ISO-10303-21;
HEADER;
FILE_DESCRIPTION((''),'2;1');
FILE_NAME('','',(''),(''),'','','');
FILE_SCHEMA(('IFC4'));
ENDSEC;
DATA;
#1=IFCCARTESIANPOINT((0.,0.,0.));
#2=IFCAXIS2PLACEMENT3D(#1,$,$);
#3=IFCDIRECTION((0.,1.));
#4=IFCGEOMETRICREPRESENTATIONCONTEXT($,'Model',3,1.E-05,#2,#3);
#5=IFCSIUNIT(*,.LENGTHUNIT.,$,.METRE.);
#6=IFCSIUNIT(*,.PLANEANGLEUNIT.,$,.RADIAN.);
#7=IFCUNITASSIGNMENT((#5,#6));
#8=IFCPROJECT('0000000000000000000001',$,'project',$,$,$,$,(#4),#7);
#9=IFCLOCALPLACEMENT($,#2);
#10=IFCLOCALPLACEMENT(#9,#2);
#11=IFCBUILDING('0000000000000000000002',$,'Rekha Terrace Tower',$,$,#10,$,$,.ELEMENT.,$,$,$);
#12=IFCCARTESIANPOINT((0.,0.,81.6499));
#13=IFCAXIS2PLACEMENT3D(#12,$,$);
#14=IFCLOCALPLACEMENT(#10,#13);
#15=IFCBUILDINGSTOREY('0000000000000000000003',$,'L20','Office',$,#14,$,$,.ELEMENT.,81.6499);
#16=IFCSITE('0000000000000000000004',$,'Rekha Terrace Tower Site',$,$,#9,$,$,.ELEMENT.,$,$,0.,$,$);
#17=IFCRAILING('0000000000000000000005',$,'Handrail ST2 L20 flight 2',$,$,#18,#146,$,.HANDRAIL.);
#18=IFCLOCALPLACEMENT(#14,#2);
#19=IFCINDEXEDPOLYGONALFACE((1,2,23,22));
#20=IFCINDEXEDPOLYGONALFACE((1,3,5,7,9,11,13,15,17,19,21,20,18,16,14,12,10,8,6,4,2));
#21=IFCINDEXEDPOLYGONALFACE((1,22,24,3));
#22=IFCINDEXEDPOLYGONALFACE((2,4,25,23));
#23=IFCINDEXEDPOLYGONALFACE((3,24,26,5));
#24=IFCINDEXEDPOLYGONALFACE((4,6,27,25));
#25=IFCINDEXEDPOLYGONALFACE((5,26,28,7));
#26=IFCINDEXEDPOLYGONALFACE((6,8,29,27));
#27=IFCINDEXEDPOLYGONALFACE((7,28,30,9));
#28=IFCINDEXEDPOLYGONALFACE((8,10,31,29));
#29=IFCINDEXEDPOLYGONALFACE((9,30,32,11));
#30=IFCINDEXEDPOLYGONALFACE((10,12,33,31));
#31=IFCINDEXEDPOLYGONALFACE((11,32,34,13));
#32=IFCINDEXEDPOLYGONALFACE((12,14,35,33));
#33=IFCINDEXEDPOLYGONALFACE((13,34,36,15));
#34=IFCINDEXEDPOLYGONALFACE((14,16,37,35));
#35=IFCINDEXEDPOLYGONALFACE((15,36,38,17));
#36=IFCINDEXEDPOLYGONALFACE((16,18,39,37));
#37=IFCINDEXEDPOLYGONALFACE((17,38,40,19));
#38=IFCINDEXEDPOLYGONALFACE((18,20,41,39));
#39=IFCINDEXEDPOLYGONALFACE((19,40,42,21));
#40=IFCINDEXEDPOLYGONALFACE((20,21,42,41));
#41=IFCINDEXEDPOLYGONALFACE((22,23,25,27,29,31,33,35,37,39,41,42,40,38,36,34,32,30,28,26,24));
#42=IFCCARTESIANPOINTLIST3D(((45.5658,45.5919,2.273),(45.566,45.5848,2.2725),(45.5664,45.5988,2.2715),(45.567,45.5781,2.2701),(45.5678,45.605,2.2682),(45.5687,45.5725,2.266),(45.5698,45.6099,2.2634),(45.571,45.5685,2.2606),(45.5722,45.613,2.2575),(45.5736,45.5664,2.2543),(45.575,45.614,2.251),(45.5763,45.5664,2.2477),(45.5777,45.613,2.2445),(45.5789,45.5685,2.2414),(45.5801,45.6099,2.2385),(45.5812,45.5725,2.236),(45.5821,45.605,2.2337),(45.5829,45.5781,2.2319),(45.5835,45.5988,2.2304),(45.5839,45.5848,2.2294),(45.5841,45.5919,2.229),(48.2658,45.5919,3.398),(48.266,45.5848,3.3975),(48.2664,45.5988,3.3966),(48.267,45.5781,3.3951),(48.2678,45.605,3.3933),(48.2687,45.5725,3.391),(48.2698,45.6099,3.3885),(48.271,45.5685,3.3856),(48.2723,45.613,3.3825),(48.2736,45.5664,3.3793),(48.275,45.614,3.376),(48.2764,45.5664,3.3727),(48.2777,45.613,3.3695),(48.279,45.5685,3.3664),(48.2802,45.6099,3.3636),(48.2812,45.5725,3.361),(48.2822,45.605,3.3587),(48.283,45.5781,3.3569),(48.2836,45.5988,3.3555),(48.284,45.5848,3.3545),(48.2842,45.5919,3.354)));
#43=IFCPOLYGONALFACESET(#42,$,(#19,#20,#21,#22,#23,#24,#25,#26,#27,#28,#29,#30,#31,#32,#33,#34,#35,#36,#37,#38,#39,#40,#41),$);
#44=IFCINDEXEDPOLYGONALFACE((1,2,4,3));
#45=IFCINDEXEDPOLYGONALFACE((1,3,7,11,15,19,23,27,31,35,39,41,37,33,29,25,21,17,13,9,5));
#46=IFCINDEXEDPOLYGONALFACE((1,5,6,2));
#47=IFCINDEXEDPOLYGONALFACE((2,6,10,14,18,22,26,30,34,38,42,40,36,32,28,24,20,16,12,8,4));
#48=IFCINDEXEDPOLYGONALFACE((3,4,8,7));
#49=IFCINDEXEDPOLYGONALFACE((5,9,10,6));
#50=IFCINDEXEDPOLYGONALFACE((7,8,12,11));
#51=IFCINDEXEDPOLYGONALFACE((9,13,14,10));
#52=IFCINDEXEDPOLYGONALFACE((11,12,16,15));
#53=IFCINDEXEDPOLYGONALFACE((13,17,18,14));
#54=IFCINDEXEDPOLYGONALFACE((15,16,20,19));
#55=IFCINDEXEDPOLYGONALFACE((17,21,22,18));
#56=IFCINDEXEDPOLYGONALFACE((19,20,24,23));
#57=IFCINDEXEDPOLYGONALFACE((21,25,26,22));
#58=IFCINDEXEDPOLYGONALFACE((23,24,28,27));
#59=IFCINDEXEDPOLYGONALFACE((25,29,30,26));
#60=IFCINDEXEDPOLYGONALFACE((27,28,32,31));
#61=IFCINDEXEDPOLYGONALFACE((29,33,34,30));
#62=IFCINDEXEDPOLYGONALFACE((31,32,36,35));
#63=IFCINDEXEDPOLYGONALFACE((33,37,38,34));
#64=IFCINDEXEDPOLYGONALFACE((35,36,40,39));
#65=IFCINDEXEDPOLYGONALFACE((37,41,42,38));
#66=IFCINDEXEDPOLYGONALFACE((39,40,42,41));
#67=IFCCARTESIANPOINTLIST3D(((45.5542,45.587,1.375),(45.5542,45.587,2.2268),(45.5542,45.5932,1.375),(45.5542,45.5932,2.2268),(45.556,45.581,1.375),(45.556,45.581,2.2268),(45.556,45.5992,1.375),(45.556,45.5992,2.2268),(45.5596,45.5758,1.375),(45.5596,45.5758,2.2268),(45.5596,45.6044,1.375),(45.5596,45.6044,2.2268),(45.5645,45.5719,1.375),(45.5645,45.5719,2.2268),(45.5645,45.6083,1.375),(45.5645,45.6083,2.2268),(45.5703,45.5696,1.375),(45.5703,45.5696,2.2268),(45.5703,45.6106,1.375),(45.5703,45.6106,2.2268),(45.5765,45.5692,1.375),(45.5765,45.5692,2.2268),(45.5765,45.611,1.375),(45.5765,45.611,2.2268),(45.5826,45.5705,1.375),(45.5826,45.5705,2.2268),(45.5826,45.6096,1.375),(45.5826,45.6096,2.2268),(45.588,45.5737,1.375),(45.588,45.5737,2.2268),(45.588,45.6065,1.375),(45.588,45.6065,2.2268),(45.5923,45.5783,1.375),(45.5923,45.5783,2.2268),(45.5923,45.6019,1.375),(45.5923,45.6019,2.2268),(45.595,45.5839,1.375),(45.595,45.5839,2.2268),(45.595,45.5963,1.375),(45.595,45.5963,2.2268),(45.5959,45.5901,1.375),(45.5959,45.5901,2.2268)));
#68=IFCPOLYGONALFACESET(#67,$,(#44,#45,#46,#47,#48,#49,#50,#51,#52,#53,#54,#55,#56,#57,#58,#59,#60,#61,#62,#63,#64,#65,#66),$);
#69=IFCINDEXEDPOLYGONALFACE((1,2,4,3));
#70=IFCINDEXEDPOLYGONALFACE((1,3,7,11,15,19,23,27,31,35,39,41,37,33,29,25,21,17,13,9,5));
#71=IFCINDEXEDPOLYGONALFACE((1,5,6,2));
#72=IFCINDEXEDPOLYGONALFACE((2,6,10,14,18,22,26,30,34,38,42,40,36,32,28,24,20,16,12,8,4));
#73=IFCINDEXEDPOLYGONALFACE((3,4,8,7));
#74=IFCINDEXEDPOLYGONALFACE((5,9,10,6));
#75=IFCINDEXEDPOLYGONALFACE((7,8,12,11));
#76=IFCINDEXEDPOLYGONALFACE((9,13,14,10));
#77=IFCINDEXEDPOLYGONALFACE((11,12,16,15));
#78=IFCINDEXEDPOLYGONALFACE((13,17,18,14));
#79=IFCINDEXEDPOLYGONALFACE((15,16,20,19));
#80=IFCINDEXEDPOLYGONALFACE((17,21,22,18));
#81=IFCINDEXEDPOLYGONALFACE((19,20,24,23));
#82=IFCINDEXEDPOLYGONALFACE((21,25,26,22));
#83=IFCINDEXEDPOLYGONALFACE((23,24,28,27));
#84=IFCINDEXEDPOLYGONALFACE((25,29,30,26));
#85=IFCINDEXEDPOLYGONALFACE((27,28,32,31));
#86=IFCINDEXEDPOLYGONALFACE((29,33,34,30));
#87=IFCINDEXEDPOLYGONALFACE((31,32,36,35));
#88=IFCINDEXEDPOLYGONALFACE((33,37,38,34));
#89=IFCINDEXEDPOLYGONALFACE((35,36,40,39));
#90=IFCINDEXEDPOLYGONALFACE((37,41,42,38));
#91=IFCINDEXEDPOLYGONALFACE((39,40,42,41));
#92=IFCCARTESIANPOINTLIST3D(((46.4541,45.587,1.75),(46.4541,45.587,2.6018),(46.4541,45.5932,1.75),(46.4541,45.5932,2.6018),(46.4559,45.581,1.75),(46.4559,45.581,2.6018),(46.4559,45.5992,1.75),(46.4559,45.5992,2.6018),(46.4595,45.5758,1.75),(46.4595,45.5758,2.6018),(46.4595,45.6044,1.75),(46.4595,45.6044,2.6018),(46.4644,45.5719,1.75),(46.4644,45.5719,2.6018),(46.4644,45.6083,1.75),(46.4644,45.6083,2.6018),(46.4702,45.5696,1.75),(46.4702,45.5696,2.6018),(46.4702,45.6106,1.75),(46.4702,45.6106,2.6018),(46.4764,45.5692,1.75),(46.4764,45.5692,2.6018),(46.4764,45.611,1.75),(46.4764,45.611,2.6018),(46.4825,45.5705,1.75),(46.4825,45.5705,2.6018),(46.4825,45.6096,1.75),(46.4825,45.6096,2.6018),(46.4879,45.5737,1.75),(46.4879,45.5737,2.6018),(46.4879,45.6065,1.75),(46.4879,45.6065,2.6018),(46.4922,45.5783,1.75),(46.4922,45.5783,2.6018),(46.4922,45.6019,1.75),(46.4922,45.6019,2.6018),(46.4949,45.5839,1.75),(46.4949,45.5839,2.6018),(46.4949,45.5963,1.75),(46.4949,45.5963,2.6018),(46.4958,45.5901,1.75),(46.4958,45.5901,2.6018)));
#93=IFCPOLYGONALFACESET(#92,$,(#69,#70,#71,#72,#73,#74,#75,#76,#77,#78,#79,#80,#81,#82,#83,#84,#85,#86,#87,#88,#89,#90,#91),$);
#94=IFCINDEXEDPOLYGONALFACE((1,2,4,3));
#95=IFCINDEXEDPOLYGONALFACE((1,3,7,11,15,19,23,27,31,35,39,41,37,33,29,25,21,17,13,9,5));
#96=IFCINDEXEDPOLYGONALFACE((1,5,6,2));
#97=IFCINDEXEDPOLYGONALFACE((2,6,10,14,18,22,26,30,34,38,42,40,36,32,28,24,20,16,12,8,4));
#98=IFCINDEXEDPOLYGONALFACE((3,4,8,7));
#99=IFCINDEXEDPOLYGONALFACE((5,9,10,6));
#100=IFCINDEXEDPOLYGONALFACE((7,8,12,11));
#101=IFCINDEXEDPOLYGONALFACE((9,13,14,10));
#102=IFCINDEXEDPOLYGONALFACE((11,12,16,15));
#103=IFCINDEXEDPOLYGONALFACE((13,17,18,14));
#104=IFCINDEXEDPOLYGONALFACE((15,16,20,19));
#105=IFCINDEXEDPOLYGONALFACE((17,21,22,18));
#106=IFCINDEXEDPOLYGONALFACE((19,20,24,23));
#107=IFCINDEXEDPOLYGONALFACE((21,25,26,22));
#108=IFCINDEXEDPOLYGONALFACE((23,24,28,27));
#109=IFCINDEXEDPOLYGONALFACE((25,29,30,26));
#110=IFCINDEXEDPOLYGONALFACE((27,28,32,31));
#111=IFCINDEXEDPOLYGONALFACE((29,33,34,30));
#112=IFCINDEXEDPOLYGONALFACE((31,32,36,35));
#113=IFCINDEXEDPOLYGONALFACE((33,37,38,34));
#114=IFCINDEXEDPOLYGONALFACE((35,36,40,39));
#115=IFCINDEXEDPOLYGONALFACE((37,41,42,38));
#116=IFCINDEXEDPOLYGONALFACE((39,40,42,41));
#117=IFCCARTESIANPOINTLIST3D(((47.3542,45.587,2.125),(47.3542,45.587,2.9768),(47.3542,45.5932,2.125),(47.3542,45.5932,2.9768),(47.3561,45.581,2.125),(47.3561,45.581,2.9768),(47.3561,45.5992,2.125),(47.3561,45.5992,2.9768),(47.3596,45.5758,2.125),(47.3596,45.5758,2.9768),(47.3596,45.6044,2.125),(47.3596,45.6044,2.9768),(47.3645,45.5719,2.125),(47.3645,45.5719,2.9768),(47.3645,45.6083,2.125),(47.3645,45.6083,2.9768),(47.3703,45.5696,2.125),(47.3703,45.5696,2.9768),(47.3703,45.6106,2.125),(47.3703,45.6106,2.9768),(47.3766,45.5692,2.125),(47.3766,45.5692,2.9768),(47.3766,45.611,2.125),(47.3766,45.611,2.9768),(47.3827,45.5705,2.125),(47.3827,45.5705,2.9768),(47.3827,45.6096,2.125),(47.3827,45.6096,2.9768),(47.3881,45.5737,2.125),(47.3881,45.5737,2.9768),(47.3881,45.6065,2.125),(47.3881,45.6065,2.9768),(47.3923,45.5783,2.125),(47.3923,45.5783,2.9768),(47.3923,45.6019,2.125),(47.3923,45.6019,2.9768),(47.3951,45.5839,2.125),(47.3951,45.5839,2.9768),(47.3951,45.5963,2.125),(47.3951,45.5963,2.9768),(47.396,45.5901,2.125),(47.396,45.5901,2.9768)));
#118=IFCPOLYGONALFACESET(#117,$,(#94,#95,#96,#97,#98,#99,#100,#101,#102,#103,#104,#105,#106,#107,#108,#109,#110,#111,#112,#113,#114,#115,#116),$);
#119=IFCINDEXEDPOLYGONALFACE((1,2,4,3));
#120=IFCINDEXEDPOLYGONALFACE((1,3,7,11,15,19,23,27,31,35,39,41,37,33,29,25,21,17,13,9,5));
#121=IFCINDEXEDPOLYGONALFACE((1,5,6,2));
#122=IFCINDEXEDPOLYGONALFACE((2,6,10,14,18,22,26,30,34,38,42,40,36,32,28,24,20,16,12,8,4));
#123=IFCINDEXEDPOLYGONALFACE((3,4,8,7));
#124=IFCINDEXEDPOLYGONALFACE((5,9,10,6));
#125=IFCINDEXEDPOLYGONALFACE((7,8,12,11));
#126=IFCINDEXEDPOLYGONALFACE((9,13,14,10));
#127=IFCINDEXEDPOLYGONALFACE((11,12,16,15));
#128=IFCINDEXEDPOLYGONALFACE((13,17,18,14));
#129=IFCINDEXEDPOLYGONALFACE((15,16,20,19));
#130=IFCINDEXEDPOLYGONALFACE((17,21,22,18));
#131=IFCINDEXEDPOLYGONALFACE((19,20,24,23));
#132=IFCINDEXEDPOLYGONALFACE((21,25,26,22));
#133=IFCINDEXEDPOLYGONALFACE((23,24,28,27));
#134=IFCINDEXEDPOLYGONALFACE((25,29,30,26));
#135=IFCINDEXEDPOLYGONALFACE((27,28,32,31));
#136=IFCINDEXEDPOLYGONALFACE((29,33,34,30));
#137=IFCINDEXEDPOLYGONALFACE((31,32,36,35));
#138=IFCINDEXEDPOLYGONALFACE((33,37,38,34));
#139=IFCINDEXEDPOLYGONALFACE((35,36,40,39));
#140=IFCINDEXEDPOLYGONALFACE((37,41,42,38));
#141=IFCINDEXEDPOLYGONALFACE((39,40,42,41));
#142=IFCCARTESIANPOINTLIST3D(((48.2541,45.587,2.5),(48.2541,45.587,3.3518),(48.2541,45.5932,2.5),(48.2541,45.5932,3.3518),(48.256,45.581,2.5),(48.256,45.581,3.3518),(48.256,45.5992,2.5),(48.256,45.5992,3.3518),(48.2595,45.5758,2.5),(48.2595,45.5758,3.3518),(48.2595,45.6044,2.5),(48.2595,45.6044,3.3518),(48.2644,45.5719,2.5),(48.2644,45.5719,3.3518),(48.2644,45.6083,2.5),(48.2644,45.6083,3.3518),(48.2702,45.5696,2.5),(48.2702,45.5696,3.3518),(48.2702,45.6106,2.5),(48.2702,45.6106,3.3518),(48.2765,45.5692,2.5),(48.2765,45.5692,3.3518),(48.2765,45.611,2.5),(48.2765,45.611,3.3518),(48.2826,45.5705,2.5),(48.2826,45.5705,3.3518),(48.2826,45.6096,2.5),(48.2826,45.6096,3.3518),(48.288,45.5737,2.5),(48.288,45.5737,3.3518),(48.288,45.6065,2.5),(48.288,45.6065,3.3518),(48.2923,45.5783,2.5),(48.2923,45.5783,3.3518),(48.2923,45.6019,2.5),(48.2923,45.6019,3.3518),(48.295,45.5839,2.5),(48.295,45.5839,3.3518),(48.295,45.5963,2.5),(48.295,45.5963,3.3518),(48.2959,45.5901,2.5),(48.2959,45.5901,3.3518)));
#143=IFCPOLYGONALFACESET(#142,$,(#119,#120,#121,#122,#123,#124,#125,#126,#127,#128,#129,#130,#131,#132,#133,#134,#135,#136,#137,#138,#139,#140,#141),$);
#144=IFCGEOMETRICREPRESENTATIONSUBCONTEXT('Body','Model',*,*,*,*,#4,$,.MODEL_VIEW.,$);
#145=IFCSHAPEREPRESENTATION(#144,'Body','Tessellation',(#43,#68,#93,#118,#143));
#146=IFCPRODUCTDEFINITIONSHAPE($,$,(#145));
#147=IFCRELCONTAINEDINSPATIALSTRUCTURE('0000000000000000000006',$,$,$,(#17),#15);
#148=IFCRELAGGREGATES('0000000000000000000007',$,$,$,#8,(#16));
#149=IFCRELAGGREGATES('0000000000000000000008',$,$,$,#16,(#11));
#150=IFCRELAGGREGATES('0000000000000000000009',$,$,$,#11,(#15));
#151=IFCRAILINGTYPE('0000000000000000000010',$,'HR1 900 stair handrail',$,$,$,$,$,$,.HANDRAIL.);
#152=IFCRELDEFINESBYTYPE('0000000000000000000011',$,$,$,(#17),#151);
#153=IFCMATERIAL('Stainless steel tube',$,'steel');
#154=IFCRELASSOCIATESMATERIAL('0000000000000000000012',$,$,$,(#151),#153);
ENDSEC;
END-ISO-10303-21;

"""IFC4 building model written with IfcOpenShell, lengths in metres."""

from ifc_helpers import new_model, si_unit, direction, frame, origin, origin_2d, place, context, subcontext, project, spatial, circle, extrude, material, type_object, element, save


model = new_model("IFC4")

# Units and contexts
model_context = context("Model", 3, precision=1e-05, world=origin(), true_north=direction((0.0, 1.0)))
body_context = subcontext(model_context, "Body", "Model", "MODEL_VIEW")
ifc_project = project(units=[si_unit("LENGTHUNIT", "METRE"), si_unit("PLANEANGLEUNIT", "RADIAN")], contexts=[model_context])

# Site, building, storey
site_placement = place(None, origin())
site = spatial("IfcSite", under=ifc_project, at=site_placement, Name="Rekha Terrace Tower Site", CompositionType="ELEMENT", RefElevation=0.0)
building_placement = place(site_placement, origin())
building = spatial("IfcBuilding", under=site, at=building_placement, Name="Rekha Terrace Tower", CompositionType="ELEMENT")
storey_placement = place(building_placement, frame((0.0, 0.0, 81.6499)))
storey = spatial("IfcBuildingStorey", under=building, at=storey_placement, Name="L20", Description="Office", CompositionType="ELEMENT", Elevation=81.6499)

# Railing
ifc_material_1 = material(Name="Stainless steel tube", Category="steel")
railing_type = type_object("IfcRailingType", Name="HR1 900 stair handrail", PredefinedType="HANDRAIL", material=ifc_material_1)
railing_placement = place(storey_placement, frame((45.575, 45.5901, 1.375)))
element("IfcRailing", 1, at=railing_placement, inside=storey, type_object=railing_type, Name="Handrail ST2 L20 flight 2", PredefinedType="HANDRAIL", context=body_context, shape_type="SweptSolid", body=[
    extrude(circle(Radius=0.0239, at=origin_2d()), frame((0.0, 0.0, 0.876), z_axis=(0.923074, 0.0, 0.384621), x_axis=(0.0, 1.0, 0.0)), (0.0, 0.0, 1.0), 2.925),
    extrude(circle(Radius=0.021, at=origin_2d()), origin(), (0.0, 0.0, 1.0), 0.8518),
    extrude(circle(Radius=0.021, at=origin_2d()), frame((0.8999, 0.0, 0.375)), (0.0, 0.0, 1.0), 0.8518),
    extrude(circle(Radius=0.021, at=origin_2d()), frame((1.8, 0.0, 0.75)), (0.0, 0.0, 1.0), 0.8518),
    extrude(circle(Radius=0.021, at=origin_2d()), frame((2.7, 0.0, 1.125)), (0.0, 0.0, 1.0), 0.8518),
])

save(model, "model.ifc")
